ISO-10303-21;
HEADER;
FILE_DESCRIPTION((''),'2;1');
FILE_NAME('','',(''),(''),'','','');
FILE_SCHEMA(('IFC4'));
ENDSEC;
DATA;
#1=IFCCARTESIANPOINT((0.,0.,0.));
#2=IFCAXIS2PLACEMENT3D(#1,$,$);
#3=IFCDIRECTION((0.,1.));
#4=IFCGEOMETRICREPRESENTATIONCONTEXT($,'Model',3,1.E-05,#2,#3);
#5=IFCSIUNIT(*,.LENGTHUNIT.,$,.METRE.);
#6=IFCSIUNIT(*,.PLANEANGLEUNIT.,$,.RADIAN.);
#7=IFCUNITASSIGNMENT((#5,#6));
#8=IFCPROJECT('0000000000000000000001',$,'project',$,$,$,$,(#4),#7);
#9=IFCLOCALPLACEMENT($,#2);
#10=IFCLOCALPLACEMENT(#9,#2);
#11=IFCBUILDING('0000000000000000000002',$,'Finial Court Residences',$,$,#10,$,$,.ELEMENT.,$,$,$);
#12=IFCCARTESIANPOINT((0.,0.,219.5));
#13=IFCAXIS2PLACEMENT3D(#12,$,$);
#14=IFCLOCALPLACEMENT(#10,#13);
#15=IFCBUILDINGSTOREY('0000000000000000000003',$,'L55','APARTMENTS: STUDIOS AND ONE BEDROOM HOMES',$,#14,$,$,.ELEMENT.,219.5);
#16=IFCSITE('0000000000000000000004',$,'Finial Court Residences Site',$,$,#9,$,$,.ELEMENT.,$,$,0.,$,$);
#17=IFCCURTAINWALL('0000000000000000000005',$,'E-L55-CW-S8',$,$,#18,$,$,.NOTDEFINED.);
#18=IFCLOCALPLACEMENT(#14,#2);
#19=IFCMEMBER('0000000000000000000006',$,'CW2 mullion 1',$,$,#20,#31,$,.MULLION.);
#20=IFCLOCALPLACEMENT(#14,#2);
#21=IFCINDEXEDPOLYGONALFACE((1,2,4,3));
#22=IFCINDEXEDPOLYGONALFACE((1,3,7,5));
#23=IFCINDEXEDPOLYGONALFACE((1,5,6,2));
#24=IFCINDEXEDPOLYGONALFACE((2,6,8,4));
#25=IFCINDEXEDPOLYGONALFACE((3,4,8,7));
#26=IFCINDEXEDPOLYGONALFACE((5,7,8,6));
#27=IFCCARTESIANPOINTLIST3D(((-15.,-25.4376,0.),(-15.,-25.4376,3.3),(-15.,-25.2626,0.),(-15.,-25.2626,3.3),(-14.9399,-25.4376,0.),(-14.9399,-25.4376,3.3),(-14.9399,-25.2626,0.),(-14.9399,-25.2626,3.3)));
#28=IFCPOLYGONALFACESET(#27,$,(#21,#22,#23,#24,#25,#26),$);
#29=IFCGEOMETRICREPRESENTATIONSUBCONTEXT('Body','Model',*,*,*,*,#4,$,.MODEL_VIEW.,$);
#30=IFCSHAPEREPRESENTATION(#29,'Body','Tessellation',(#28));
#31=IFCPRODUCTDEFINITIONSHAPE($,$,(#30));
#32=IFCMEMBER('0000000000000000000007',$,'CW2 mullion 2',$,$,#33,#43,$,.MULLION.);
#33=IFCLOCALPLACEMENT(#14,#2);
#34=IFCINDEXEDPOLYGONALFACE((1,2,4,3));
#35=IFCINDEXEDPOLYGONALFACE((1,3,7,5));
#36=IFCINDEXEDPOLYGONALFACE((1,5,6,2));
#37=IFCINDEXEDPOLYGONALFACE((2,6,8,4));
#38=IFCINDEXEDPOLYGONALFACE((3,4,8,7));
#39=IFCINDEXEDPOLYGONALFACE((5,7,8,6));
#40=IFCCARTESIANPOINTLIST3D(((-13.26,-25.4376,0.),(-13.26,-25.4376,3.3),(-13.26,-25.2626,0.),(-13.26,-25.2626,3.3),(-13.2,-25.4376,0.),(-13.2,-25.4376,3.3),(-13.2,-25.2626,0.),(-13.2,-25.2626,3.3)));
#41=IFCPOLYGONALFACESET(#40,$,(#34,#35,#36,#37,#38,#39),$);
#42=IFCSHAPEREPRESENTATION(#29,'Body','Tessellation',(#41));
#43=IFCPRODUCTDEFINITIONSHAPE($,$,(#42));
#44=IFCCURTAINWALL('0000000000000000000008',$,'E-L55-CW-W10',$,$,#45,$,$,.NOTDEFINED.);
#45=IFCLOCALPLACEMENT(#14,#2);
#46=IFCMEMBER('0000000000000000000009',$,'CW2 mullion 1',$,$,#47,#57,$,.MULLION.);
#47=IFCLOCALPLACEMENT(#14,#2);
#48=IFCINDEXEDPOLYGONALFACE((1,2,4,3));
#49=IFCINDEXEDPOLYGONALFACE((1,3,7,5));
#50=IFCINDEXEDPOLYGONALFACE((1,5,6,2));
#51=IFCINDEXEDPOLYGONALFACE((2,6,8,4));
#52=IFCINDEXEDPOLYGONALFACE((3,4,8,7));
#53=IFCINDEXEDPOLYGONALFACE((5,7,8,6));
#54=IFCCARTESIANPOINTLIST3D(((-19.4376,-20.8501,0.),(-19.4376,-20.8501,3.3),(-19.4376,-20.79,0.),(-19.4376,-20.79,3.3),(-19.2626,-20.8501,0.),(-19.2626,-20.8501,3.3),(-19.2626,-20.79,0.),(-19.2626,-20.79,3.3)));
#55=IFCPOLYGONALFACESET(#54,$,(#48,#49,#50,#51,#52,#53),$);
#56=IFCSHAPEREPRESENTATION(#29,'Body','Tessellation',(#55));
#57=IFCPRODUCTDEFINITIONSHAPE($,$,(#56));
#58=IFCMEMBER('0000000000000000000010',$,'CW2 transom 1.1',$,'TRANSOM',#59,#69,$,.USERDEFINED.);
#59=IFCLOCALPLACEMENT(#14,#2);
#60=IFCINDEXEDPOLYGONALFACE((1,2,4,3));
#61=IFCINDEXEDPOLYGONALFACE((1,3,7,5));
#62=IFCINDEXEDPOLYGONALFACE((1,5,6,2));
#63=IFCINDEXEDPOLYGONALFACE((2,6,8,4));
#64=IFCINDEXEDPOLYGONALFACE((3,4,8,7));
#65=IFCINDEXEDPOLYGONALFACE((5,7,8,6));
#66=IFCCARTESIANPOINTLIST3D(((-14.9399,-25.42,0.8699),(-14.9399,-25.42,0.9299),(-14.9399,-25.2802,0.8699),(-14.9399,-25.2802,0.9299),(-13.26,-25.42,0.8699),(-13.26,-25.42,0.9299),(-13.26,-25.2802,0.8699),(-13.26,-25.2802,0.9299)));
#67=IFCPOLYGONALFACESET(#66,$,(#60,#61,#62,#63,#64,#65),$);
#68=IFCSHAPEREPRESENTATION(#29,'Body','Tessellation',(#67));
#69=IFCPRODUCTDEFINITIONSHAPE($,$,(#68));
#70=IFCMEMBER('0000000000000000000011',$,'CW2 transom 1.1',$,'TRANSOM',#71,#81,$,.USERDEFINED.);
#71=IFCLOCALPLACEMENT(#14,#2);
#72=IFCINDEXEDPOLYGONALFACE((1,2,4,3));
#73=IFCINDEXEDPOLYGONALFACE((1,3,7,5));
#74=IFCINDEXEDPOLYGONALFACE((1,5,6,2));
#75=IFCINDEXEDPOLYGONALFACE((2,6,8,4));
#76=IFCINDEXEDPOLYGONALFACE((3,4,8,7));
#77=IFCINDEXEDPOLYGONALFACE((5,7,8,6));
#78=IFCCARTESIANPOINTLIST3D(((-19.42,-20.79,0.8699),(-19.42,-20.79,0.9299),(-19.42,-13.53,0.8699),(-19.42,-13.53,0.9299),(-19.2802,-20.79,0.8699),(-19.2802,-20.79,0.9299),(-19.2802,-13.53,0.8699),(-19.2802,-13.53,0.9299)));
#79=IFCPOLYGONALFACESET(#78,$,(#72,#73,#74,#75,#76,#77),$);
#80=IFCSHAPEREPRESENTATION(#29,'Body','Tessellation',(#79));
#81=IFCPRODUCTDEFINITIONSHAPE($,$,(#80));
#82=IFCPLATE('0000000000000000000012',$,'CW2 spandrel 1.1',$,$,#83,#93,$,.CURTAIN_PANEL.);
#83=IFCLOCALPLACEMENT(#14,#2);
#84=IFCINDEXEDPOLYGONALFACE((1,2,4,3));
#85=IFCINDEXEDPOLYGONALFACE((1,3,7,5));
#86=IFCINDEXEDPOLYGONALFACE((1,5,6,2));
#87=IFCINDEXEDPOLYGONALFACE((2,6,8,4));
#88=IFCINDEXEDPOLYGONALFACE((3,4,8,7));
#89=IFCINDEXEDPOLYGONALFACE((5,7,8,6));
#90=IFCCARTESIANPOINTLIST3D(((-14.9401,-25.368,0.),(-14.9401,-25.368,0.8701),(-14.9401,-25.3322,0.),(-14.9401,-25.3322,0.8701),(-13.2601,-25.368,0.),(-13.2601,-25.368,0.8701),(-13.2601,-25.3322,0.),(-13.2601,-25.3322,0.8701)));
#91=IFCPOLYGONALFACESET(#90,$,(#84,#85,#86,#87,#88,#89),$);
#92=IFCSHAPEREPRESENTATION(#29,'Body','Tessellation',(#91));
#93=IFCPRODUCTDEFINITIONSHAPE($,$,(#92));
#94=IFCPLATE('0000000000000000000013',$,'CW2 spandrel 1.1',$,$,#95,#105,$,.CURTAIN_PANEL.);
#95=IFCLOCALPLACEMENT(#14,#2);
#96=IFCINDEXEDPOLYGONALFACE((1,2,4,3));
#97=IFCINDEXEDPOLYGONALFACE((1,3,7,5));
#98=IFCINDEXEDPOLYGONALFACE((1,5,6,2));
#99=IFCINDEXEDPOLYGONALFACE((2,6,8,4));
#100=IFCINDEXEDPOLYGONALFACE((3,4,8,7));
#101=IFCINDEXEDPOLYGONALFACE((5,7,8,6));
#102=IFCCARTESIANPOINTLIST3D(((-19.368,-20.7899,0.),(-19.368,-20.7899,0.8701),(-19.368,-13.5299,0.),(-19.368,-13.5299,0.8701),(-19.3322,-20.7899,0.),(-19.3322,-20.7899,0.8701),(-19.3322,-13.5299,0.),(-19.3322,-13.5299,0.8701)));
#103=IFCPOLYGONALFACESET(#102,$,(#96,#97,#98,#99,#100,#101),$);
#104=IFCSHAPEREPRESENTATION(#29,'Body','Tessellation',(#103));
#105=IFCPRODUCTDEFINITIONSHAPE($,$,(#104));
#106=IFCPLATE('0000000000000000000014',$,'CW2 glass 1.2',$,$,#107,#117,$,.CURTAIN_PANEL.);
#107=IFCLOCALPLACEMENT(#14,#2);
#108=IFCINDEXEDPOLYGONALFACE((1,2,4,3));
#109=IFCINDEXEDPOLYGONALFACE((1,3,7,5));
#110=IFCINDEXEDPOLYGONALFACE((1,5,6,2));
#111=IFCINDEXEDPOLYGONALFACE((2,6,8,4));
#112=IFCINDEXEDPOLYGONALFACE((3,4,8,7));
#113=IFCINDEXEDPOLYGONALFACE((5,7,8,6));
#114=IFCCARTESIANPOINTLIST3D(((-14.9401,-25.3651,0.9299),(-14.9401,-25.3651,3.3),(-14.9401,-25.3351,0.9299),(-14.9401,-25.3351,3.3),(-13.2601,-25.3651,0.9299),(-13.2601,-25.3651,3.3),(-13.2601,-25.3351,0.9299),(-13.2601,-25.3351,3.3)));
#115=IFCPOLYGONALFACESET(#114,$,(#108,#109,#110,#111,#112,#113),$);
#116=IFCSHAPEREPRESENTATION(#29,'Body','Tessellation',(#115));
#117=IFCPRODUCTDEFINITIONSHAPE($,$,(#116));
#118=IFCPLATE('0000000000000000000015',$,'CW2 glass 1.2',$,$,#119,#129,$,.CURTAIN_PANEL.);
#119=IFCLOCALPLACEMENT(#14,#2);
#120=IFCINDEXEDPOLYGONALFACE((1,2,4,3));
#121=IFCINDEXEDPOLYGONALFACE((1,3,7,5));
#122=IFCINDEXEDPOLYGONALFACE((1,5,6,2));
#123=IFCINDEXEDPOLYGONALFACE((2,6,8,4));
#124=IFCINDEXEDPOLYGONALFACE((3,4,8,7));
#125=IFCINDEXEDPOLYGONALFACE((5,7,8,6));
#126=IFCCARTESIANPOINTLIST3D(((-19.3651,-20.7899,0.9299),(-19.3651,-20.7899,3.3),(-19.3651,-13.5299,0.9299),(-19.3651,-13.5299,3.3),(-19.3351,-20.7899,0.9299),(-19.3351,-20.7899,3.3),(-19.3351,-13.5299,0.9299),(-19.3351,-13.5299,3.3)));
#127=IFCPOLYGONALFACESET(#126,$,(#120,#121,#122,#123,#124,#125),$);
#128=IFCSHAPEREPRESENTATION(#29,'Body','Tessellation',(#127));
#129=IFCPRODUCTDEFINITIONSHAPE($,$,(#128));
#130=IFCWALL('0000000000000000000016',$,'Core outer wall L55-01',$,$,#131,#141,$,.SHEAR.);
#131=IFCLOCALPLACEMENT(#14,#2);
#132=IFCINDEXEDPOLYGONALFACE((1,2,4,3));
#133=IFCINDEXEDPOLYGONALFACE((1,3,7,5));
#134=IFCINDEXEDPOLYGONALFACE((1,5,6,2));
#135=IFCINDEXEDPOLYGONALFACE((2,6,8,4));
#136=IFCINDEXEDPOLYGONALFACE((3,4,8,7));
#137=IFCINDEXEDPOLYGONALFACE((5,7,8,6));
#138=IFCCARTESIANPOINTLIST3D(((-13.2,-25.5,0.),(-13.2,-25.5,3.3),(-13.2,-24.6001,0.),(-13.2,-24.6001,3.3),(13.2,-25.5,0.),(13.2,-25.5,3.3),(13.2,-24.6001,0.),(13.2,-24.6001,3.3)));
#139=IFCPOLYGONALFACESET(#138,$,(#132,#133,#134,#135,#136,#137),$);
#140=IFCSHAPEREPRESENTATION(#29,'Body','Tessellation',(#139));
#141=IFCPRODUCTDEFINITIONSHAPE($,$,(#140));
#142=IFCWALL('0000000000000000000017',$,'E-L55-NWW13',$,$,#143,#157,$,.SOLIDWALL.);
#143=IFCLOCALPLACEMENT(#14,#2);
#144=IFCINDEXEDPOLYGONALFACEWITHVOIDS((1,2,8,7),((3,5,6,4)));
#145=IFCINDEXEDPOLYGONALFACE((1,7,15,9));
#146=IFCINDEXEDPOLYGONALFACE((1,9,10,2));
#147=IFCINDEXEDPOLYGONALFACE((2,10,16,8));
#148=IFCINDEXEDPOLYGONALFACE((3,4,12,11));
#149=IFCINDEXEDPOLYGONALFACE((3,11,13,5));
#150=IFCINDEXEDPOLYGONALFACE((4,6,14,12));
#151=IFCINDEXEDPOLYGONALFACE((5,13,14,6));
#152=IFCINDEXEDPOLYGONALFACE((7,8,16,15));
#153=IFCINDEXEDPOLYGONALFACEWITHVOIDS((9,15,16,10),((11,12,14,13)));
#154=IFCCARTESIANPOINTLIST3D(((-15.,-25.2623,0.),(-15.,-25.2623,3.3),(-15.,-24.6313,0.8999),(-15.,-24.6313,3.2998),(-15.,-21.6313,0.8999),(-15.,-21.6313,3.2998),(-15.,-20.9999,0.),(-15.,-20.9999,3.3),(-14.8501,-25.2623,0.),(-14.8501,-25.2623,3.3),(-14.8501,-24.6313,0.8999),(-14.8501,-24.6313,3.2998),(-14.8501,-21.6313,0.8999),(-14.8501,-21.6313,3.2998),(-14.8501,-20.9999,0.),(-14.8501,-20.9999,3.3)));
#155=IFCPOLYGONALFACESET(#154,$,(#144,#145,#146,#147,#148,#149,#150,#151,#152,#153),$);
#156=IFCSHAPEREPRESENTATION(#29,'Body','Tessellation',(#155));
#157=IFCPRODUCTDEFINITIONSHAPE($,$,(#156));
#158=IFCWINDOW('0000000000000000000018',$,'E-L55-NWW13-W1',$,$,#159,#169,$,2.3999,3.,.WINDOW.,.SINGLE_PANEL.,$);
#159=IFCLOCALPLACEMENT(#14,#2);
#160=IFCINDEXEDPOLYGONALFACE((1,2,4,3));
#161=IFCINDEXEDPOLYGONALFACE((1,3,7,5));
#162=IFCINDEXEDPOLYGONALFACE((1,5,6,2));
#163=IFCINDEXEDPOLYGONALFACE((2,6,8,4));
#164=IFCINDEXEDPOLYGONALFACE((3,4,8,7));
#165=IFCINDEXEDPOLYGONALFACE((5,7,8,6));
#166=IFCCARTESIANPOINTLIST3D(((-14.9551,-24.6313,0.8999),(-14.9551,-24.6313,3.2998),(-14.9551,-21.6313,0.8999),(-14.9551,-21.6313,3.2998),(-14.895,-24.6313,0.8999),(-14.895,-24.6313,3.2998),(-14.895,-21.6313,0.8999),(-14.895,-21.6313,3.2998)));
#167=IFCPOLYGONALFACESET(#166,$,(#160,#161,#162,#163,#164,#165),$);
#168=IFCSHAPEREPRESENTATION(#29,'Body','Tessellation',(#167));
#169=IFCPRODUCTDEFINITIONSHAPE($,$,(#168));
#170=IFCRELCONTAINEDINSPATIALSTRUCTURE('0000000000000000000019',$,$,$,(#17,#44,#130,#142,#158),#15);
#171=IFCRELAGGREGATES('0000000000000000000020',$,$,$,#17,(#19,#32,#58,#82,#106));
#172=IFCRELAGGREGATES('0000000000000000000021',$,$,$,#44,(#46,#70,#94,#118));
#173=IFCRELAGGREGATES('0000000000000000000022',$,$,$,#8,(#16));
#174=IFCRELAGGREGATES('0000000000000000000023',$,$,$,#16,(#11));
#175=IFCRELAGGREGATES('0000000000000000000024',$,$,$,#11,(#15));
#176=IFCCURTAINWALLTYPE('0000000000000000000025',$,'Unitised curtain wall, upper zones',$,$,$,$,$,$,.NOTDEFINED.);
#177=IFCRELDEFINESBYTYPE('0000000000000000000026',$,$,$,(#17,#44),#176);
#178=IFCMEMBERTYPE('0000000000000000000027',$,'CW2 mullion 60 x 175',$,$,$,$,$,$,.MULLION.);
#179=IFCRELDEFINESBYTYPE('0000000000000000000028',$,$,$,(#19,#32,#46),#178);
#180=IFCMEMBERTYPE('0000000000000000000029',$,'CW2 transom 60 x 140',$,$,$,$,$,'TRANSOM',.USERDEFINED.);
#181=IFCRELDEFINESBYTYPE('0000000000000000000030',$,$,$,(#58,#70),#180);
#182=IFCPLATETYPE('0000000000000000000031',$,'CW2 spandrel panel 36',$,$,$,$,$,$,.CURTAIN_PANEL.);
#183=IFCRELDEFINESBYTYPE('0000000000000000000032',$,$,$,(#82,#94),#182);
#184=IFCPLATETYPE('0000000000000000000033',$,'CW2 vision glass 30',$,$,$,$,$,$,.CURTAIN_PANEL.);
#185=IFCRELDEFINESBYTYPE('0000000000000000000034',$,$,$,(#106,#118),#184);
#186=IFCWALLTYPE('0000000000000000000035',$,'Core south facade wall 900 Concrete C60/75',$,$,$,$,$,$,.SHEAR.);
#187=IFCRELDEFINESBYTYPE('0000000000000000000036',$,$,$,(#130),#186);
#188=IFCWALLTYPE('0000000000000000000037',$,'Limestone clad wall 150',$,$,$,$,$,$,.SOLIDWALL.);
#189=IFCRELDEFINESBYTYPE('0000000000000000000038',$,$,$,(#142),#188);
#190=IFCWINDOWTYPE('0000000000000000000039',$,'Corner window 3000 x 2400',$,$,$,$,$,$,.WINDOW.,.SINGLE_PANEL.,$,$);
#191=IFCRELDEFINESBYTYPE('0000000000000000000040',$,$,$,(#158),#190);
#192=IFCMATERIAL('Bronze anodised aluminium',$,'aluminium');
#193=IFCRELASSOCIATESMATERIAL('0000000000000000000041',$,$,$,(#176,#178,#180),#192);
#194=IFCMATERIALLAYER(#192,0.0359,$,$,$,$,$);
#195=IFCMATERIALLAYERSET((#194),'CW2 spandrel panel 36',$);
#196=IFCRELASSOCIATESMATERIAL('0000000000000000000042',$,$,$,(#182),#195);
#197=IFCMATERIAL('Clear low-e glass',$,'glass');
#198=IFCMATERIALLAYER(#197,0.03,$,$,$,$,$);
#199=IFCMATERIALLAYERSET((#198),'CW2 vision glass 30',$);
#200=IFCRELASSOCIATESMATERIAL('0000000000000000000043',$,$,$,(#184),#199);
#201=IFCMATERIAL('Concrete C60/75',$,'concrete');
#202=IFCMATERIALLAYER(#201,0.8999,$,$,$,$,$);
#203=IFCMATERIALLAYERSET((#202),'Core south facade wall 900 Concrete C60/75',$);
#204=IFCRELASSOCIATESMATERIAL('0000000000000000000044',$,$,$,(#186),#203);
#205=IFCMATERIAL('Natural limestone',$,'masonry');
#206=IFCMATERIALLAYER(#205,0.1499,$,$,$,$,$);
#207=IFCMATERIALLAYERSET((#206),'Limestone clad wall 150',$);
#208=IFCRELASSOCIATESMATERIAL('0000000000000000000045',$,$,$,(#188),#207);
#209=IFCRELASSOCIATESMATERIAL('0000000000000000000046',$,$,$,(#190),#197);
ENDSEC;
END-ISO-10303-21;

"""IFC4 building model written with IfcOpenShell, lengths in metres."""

from ifc_helpers import new_model, si_unit, direction, frame, frame_2d, origin, origin_2d, place, context, subcontext, project, spatial, rectangle, extrude, material, layer, layer_set, material_profile, profile_set, type_object, element, fill, aggregate, save


model = new_model("IFC4")

# Units and contexts
model_context = context("Model", 3, precision=1e-05, world=origin(), true_north=direction((0.0, 1.0)))
body_context = subcontext(model_context, "Body", "Model", "MODEL_VIEW")
ifc_project = project(units=[si_unit("LENGTHUNIT", "METRE"), si_unit("PLANEANGLEUNIT", "RADIAN")], contexts=[model_context])

# Site, building, storey
site_placement = place(None, origin())
site = spatial("IfcSite", under=ifc_project, at=site_placement, Name="Finial Court Residences Site", CompositionType="ELEMENT", RefElevation=0.0)
building_placement = place(site_placement, origin())
building = spatial("IfcBuilding", under=site, at=building_placement, Name="Finial Court Residences", CompositionType="ELEMENT")
storey_placement = place(building_placement, frame((0.0, 0.0, 219.5)))
storey = spatial("IfcBuildingStorey", under=building, at=storey_placement, Name="L55", Description="APARTMENTS: STUDIOS AND ONE BEDROOM HOMES", CompositionType="ELEMENT", Elevation=219.5)

# Curtain wall, members
ifc_material_1 = material(Name="Bronze anodised aluminium", Category="aluminium")
curtain_wall_type = type_object("IfcCurtainWallType", Name="Unitised curtain wall, upper zones", PredefinedType="NOTDEFINED", material=ifc_material_1)
curtain_wall_1_placement = place(storey_placement, origin())
curtain_wall_1 = element("IfcCurtainWall", 1, at=curtain_wall_1_placement, inside=storey, type_object=curtain_wall_type, Name="E-L55-CW-S8", PredefinedType="NOTDEFINED")
ifc_material_profile_1 = material_profile(ifc_material_1, rectangle(XDim=0.175, YDim=0.0601, at=origin_2d()), Name="CW2 mullion 60 x 175")
ifc_profile_set_1 = profile_set([ifc_material_profile_1], Name="Bronze anodised aluminium")
member_type_1 = type_object("IfcMemberType", Name="CW2 mullion 60 x 175", PredefinedType="MULLION", material=ifc_profile_set_1)
member_1_placement = place(storey_placement, frame((-14.97, -25.3501, 0.0), z_axis=(0.0, 0.0, 1.0), x_axis=(0.0, 1.0, 0.0)))
member_1 = element("IfcMember", 2, at=member_1_placement, type_object=member_type_1, Name="CW2 mullion 1", PredefinedType="MULLION", context=body_context, shape_type="SweptSolid", body=[
    extrude(rectangle(XDim=0.175, YDim=0.0601, at=origin_2d()), origin(), (0.0, 0.0, 1.0), 3.3),
])
member_2_placement = place(storey_placement, frame((-13.23, -25.3501, 0.0), z_axis=(0.0, 0.0, 1.0), x_axis=(0.0, 1.0, 0.0)))
member_2 = element("IfcMember", 3, at=member_2_placement, type_object=member_type_1, Name="CW2 mullion 2", PredefinedType="MULLION", context=body_context, shape_type="SweptSolid", body=[
    extrude(rectangle(XDim=0.175, YDim=0.0601, at=origin_2d()), origin(), (0.0, 0.0, 1.0), 3.3),
])

# Curtain wall, member
curtain_wall_2_placement = place(storey_placement, origin())
curtain_wall_2 = element("IfcCurtainWall", 4, at=curtain_wall_2_placement, inside=storey, type_object=curtain_wall_type, Name="E-L55-CW-W10", PredefinedType="NOTDEFINED")
member_3_placement = place(storey_placement, frame((-19.3501, -20.8201, 0.0), z_axis=(0.0, 0.0, 1.0), x_axis=(-1.0, 0.0, 0.0)))
member_3 = element("IfcMember", 5, at=member_3_placement, type_object=member_type_1, Name="CW2 mullion 1", PredefinedType="MULLION", context=body_context, shape_type="SweptSolid", body=[
    extrude(rectangle(XDim=0.175, YDim=0.0601, at=origin_2d()), origin(), (0.0, 0.0, 1.0), 3.3),
])

# Members
ifc_material_profile_2 = material_profile(ifc_material_1, rectangle(XDim=0.1399, YDim=0.0601, at=origin_2d()), Name="CW2 transom 60 x 140")
ifc_profile_set_2 = profile_set([ifc_material_profile_2], Name="Bronze anodised aluminium")
member_type_2 = type_object("IfcMemberType", Name="CW2 transom 60 x 140", ElementType="TRANSOM", PredefinedType="USERDEFINED", material=ifc_profile_set_2)
member_4_placement = place(storey_placement, frame((-14.9399, -25.3501, 0.8999), z_axis=(1.0, 0.0, 0.0), x_axis=(0.0, 1.0, 0.0)))
member_4 = element("IfcMember", 6, at=member_4_placement, type_object=member_type_2, Name="CW2 transom 1.1", ObjectType="TRANSOM", PredefinedType="USERDEFINED", context=body_context, shape_type="SweptSolid", body=[
    extrude(rectangle(XDim=0.1399, YDim=0.0601, at=origin_2d()), origin(), (0.0, 0.0, 1.0), 1.6799),
])
member_5_placement = place(storey_placement, frame((-19.3501, -20.79, 0.8999), z_axis=(0.0, 1.0, 0.0), x_axis=(-1.0, 0.0, 0.0)))
member_5 = element("IfcMember", 7, at=member_5_placement, type_object=member_type_2, Name="CW2 transom 1.1", ObjectType="TRANSOM", PredefinedType="USERDEFINED", context=body_context, shape_type="SweptSolid", body=[
    extrude(rectangle(XDim=0.1399, YDim=0.0601, at=origin_2d()), origin(), (0.0, 0.0, 1.0), 7.26),
])

# Plates
ifc_layer_1 = layer(ifc_material_1, 0.0359)
ifc_layer_set_1 = layer_set([ifc_layer_1], Name="CW2 spandrel panel 36")
plate_type_1 = type_object("IfcPlateType", Name="CW2 spandrel panel 36", PredefinedType="CURTAIN_PANEL", material=ifc_layer_set_1)
plate_1_placement = place(storey_placement, frame((-14.1001, -25.3501, 0.0), z_axis=(0.0, 0.0, 1.0), x_axis=(1.0, 0.0, 0.0)))
plate_1 = element("IfcPlate", 8, at=plate_1_placement, type_object=plate_type_1, Name="CW2 spandrel 1.1", PredefinedType="CURTAIN_PANEL", context=body_context, shape_type="SweptSolid", body=[
    extrude(rectangle(XDim=1.6799, YDim=0.0359, at=origin_2d()), origin(), (0.0, 0.0, 1.0), 0.8701),
])
plate_2_placement = place(storey_placement, frame((-19.3501, -17.1599, 0.0), z_axis=(0.0, 0.0, 1.0), x_axis=(0.0, 1.0, 0.0)))
plate_2 = element("IfcPlate", 9, at=plate_2_placement, type_object=plate_type_1, Name="CW2 spandrel 1.1", PredefinedType="CURTAIN_PANEL", context=body_context, shape_type="SweptSolid", body=[
    extrude(rectangle(XDim=7.26, YDim=0.0359, at=origin_2d()), origin(), (0.0, 0.0, 1.0), 0.8701),
])
ifc_material_2 = material(Name="Clear low-e glass", Category="glass")
ifc_layer_2 = layer(ifc_material_2, 0.03)
ifc_layer_set_2 = layer_set([ifc_layer_2], Name="CW2 vision glass 30")
plate_type_2 = type_object("IfcPlateType", Name="CW2 vision glass 30", PredefinedType="CURTAIN_PANEL", material=ifc_layer_set_2)
plate_3_placement = place(storey_placement, frame((-14.1001, -25.3501, 0.9299), z_axis=(0.0, 0.0, 1.0), x_axis=(1.0, 0.0, 0.0)))
plate_3 = element("IfcPlate", 10, at=plate_3_placement, type_object=plate_type_2, Name="CW2 glass 1.2", PredefinedType="CURTAIN_PANEL", context=body_context, shape_type="SweptSolid", body=[
    extrude(rectangle(XDim=1.6799, YDim=0.03, at=origin_2d()), origin(), (0.0, 0.0, 1.0), 2.3701),
])
aggregate(curtain_wall_1, [member_1, member_2, member_4, plate_1, plate_3])
plate_4_placement = place(storey_placement, frame((-19.3501, -17.1599, 0.9299), z_axis=(0.0, 0.0, 1.0), x_axis=(0.0, 1.0, 0.0)))
plate_4 = element("IfcPlate", 11, at=plate_4_placement, type_object=plate_type_2, Name="CW2 glass 1.2", PredefinedType="CURTAIN_PANEL", context=body_context, shape_type="SweptSolid", body=[
    extrude(rectangle(XDim=7.26, YDim=0.03, at=origin_2d()), origin(), (0.0, 0.0, 1.0), 2.3701),
])
aggregate(curtain_wall_2, [member_3, member_5, plate_2, plate_4])

# Wall
ifc_material_3 = material(Name="Concrete C60/75", Category="concrete")
ifc_layer_3 = layer(ifc_material_3, 0.8999)
ifc_layer_set_3 = layer_set([ifc_layer_3], Name="Core south facade wall 900 Concrete C60/75")
wall_type_1 = type_object("IfcWallType", Name="Core south facade wall 900 Concrete C60/75", PredefinedType="SHEAR", material=ifc_layer_set_3)
wall_1_placement = place(storey_placement, frame((-13.2, -25.05, 0.0), z_axis=(0.0, 0.0, 1.0), x_axis=(1.0, 0.0, 0.0)))
element("IfcWall", 12, at=wall_1_placement, inside=storey, type_object=wall_type_1, Name="Core outer wall L55-01", PredefinedType="SHEAR", context=body_context, shape_type="SweptSolid", body=[
    extrude(rectangle(XDim=26.3999, YDim=0.8999, at=frame_2d((13.2, 0.0))), origin(), (0.0, 0.0, 1.0), 3.3),
])

# Wall, opening, window
ifc_material_4 = material(Name="Natural limestone", Category="masonry")
ifc_layer_4 = layer(ifc_material_4, 0.1499)
ifc_layer_set_4 = layer_set([ifc_layer_4], Name="Limestone clad wall 150")
wall_type_2 = type_object("IfcWallType", Name="Limestone clad wall 150", PredefinedType="SOLIDWALL", material=ifc_layer_set_4)
wall_2_placement = place(storey_placement, frame((-14.925, -25.2625, 0.0), z_axis=(0.0, 0.0, 1.0), x_axis=(0.0, 1.0, 0.0)))
wall_2 = element("IfcWall", 13, at=wall_2_placement, inside=storey, type_object=wall_type_2, Name="E-L55-NWW13", PredefinedType="SOLIDWALL", context=body_context, shape_type="SweptSolid", body=[
    extrude(rectangle(XDim=4.2625, YDim=0.1499, at=frame_2d((2.1313, 0.0))), origin(), (0.0, 0.0, 1.0), 3.3),
])
opening_1_placement = place(wall_2_placement, frame((0.6311, 0.0, 0.8999)))
opening_1 = element("IfcOpeningElement", 14, at=opening_1_placement, cuts=wall_2, PredefinedType="OPENING", context=body_context, shape_type="SweptSolid", body=[
    extrude(rectangle(XDim=3.0, YDim=2.3999, at=frame_2d((1.5, 1.2))), frame((0.0, 0.085, 0.0), z_axis=(0.0, -1.0, 0.0), x_axis=(1.0, 0.0, 0.0)), (0.0, 0.0, 1.0), 0.1699),
])
window_type = type_object("IfcWindowType", Name="Corner window 3000 x 2400", PartitioningType="SINGLE_PANEL", PredefinedType="WINDOW", material=ifc_material_2)
window_1_placement = place(opening_1_placement, origin())
window_1 = element("IfcWindow", 15, at=window_1_placement, inside=storey, type_object=window_type, Name="E-L55-NWW13-W1", OverallHeight=2.3999, OverallWidth=3.0, PartitioningType="SINGLE_PANEL", PredefinedType="WINDOW", context=body_context, shape_type="SweptSolid", body=[
    extrude(rectangle(XDim=3.0, YDim=2.3999, at=frame_2d((1.5, 1.2))), frame((0.0, 0.03, 0.0), z_axis=(0.0, -1.0, 0.0), x_axis=(1.0, 0.0, 0.0)), (0.0, 0.0, 1.0), 0.0601),
])
fill(opening_1, window_1)

save(model, "model.ifc")
